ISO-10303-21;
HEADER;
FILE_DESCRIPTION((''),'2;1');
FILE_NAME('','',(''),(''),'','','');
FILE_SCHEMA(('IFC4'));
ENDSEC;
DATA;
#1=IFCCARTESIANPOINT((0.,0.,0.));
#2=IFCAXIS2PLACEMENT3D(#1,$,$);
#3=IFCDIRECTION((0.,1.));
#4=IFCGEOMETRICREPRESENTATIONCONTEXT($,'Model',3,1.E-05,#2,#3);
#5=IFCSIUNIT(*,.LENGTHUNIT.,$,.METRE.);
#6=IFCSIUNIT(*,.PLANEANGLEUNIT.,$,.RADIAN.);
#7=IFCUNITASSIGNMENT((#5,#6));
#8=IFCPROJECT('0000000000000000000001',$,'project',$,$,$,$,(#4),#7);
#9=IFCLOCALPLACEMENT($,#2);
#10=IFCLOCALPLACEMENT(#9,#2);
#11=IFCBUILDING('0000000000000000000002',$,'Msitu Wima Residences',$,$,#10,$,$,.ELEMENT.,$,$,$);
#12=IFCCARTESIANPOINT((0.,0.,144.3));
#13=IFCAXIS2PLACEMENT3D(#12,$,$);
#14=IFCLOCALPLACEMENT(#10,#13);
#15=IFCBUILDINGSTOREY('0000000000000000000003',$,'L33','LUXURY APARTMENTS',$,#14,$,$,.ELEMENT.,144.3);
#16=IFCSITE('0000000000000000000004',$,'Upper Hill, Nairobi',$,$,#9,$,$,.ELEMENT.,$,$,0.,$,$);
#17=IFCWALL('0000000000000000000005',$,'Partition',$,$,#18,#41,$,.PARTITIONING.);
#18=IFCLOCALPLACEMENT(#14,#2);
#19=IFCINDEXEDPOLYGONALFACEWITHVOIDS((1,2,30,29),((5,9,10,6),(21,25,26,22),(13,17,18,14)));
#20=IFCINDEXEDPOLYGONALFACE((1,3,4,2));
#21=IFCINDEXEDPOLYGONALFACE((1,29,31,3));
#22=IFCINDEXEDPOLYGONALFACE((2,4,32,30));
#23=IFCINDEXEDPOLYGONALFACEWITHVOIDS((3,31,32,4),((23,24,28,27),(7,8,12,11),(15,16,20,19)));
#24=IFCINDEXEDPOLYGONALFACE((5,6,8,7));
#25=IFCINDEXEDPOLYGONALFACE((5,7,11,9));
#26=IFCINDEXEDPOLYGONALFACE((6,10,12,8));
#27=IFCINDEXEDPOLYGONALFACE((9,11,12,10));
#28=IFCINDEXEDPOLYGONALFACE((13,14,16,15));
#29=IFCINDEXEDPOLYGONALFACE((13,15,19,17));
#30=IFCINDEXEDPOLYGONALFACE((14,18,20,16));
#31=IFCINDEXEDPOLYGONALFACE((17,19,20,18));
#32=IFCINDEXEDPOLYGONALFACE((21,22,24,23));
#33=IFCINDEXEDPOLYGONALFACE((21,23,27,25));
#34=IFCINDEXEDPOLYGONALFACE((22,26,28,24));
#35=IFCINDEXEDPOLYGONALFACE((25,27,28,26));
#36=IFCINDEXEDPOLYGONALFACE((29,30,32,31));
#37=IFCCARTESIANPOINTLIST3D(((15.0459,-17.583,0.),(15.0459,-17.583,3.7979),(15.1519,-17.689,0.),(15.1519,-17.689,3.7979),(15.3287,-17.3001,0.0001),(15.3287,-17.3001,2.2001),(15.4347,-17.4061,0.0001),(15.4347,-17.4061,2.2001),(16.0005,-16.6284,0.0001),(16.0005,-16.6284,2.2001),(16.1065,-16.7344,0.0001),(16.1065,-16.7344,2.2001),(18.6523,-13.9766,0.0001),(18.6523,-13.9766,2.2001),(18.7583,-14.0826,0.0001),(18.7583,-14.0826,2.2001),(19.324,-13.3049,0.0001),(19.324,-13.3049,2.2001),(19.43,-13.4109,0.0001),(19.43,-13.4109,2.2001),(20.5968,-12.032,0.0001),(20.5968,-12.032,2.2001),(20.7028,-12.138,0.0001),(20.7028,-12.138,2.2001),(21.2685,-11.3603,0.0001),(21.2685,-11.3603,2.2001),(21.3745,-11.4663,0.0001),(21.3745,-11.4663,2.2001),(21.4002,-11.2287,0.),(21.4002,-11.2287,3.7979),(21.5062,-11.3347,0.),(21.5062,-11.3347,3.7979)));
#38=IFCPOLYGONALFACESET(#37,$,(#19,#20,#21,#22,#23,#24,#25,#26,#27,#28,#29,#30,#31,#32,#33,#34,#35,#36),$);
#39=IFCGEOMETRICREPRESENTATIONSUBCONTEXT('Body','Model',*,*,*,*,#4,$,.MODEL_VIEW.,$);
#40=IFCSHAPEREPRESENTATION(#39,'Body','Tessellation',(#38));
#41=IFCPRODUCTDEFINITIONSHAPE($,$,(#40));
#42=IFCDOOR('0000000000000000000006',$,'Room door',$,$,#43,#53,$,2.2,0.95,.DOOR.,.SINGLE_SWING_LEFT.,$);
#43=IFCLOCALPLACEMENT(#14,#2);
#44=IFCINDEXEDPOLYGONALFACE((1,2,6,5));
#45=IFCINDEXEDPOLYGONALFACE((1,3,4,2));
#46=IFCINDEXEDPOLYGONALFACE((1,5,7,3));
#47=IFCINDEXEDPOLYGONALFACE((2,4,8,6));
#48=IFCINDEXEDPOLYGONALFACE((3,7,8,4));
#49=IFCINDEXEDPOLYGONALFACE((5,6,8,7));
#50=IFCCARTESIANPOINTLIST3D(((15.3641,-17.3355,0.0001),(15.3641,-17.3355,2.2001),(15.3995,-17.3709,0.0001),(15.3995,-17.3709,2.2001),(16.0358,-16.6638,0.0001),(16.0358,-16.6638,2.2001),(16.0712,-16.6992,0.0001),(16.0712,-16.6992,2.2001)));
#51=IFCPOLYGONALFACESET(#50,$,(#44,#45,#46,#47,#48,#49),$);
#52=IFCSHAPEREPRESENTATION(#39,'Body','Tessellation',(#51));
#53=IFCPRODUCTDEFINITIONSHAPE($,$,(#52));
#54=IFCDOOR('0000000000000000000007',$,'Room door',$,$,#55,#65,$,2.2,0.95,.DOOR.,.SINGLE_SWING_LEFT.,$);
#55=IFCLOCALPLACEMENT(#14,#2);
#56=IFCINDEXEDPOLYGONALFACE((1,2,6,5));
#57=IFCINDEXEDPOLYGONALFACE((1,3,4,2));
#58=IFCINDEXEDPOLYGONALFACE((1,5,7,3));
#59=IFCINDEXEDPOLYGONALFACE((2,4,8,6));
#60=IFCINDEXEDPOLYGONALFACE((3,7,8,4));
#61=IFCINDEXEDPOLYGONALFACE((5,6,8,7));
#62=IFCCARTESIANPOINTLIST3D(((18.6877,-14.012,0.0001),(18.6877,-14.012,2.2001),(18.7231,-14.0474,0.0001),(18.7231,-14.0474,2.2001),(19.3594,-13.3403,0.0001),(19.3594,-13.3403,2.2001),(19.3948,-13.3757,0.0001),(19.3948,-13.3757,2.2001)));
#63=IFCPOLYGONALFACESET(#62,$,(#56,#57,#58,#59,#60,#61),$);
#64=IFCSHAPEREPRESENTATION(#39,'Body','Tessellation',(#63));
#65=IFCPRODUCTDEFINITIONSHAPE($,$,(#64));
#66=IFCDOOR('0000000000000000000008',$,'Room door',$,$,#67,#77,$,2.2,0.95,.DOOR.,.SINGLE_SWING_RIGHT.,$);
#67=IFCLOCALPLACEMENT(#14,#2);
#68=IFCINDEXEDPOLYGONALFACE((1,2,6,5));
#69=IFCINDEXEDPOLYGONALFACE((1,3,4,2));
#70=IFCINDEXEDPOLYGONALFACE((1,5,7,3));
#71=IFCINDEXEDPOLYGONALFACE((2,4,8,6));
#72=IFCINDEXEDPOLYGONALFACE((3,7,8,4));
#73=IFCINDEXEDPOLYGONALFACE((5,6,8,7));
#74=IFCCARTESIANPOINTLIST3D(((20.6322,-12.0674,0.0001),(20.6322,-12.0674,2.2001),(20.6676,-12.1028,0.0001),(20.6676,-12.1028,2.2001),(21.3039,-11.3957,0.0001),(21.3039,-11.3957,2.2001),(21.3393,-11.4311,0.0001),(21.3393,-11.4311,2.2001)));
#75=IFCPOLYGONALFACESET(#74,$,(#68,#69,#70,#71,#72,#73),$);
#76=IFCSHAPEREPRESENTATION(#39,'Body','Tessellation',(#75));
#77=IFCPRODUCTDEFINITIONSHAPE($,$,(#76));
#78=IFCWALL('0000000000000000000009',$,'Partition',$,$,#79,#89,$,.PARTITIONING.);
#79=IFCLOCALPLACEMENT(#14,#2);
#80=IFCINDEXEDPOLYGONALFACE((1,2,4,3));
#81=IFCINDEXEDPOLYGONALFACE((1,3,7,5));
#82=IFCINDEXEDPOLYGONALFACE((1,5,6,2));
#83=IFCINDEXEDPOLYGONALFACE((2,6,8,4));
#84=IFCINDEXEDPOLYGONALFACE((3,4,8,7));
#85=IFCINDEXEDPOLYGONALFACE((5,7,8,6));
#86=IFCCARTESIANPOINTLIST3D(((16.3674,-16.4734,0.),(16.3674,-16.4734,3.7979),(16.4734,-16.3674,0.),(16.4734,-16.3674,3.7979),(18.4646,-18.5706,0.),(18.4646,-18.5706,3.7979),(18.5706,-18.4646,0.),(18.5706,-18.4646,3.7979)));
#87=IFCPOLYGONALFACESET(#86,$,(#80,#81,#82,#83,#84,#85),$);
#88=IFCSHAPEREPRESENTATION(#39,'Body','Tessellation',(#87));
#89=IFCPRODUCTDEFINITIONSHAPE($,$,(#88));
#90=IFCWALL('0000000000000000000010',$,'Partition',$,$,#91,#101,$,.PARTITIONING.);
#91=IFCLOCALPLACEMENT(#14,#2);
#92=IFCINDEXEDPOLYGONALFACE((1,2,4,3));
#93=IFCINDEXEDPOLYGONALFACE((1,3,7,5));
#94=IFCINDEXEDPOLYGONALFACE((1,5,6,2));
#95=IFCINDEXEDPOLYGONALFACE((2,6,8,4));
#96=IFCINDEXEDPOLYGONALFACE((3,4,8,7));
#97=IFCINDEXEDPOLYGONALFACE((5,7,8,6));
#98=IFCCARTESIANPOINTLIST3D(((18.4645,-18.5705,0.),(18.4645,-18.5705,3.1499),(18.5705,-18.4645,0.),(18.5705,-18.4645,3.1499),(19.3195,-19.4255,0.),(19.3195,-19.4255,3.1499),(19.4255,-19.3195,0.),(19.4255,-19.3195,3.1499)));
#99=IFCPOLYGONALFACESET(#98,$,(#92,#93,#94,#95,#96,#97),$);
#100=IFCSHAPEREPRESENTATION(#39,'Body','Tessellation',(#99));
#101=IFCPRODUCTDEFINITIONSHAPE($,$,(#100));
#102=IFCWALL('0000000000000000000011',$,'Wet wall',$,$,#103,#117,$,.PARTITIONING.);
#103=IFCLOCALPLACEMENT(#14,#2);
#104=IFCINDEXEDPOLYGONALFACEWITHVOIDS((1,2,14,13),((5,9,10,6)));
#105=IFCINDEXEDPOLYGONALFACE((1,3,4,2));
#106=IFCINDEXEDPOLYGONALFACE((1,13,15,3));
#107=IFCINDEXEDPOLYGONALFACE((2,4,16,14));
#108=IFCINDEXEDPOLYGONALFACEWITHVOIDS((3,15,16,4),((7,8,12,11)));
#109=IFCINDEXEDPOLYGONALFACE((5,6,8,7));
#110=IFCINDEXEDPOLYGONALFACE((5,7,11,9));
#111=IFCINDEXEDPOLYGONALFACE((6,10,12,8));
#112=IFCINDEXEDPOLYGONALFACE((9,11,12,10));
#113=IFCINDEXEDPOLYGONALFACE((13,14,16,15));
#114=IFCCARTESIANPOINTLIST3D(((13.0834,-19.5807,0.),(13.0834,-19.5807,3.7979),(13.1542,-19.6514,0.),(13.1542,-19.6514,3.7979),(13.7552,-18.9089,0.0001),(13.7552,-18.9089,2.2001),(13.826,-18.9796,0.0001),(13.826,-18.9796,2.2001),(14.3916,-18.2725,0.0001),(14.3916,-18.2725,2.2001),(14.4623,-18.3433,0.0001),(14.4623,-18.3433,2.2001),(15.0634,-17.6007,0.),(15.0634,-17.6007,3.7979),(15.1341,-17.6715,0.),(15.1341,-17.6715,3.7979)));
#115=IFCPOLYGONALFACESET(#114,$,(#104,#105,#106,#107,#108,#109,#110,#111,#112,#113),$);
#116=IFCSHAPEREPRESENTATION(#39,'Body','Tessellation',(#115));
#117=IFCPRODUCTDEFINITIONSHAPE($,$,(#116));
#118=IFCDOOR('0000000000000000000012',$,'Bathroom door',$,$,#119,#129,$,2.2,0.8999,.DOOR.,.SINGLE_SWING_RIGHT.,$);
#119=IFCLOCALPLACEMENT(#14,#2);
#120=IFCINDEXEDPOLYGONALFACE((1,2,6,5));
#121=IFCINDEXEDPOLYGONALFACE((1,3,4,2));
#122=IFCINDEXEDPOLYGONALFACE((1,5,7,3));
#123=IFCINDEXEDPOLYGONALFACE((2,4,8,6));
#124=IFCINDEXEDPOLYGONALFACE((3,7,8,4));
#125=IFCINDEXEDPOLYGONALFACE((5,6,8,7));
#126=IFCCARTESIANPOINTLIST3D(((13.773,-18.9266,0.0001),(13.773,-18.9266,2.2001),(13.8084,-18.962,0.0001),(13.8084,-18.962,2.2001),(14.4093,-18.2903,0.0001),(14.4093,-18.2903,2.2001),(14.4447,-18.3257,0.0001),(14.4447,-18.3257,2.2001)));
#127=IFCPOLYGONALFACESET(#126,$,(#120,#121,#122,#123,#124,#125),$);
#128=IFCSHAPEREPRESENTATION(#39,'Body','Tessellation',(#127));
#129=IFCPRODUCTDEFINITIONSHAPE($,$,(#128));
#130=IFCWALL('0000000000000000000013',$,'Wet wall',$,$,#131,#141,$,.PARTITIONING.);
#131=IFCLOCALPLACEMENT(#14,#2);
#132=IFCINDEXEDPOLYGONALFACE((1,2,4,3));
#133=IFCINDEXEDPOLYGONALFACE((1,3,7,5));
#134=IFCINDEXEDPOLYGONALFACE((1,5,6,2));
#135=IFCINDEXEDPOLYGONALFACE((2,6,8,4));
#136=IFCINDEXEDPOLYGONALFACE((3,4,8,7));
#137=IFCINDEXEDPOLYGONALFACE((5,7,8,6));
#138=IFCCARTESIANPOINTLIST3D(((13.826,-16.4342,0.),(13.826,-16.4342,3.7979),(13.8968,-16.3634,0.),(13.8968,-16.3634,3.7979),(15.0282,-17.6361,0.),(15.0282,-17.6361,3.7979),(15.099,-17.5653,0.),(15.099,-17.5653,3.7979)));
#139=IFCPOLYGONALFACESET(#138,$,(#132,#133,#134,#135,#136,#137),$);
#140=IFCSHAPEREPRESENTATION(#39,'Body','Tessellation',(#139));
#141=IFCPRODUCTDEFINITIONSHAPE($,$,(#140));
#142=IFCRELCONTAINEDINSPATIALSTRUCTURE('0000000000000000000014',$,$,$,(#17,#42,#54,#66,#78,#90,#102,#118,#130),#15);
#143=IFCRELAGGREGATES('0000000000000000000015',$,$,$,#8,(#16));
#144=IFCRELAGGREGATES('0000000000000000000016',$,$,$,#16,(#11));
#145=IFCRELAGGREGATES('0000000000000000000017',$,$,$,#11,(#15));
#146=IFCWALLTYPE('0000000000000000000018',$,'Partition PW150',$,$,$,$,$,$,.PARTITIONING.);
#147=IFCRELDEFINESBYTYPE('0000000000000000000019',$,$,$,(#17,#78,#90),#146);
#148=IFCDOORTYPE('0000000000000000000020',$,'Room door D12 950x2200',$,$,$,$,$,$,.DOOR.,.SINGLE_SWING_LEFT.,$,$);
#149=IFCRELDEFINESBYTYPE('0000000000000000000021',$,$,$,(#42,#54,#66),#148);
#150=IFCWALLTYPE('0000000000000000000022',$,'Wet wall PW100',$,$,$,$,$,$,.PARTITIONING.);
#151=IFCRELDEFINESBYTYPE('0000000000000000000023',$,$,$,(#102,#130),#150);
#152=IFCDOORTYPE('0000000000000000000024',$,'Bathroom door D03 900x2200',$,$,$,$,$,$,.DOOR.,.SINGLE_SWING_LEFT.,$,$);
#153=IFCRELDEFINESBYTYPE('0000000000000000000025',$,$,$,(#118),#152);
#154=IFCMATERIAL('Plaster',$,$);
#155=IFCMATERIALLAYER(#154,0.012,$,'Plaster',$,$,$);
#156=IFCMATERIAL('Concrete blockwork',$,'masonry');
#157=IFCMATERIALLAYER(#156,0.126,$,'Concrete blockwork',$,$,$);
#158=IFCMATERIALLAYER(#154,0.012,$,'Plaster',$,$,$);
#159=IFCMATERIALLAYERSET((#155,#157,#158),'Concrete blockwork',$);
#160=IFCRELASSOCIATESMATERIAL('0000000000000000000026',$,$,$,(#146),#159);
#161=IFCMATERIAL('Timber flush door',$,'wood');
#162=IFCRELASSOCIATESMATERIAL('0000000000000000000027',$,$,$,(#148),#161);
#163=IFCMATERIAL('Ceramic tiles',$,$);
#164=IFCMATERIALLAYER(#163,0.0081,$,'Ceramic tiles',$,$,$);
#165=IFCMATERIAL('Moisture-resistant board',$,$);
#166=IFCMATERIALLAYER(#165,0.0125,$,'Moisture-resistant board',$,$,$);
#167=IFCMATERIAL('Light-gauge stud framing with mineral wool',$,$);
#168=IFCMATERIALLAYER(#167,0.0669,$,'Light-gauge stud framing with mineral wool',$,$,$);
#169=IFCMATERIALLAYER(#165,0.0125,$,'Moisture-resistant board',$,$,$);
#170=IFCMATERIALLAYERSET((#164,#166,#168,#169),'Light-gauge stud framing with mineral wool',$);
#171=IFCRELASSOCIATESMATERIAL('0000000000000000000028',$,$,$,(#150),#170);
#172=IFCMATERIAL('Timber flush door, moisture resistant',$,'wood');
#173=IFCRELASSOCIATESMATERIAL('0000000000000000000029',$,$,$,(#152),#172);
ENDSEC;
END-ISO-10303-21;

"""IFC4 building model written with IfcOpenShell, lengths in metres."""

from ifc_helpers import new_model, si_unit, direction, frame, frame_2d, origin, place, context, subcontext, project, spatial, rectangle, extrude, material, layer, layer_set, type_object, element, fill, save


model = new_model("IFC4")

# Units and contexts
model_context = context("Model", 3, precision=1e-05, world=origin(), true_north=direction((0.0, 1.0)))
body_context = subcontext(model_context, "Body", "Model", "MODEL_VIEW")
ifc_project = project(units=[si_unit("LENGTHUNIT", "METRE"), si_unit("PLANEANGLEUNIT", "RADIAN")], contexts=[model_context])

# Site, building, storey
site_placement = place(None, origin())
site = spatial("IfcSite", under=ifc_project, at=site_placement, Name="Upper Hill, Nairobi", CompositionType="ELEMENT", RefElevation=0.0)
building_placement = place(site_placement, origin())
building = spatial("IfcBuilding", under=site, at=building_placement, Name="Msitu Wima Residences", CompositionType="ELEMENT")
storey_placement = place(building_placement, frame((0.0, 0.0, 144.3)))
storey = spatial("IfcBuildingStorey", under=building, at=storey_placement, Name="L33", Description="LUXURY APARTMENTS", CompositionType="ELEMENT", Elevation=144.3)

# Shared definitions
ifc_material_1 = material(Name="Plaster")
ifc_material_2 = material(Name="Concrete blockwork", Category="masonry")

# Shared definitions
ifc_layer_1 = layer(ifc_material_1, 0.012, Name="Plaster")
ifc_layer_2 = layer(ifc_material_2, 0.126, Name="Concrete blockwork")
ifc_layer_3 = layer(ifc_material_1, 0.012, Name="Plaster")
ifc_layer_set_1 = layer_set([ifc_layer_1, ifc_layer_2, ifc_layer_3], Name="Concrete blockwork")
wall_type_1 = type_object("IfcWallType", Name="Partition PW150", PredefinedType="PARTITIONING", material=ifc_layer_set_1)

# Wall, openings, doors
wall_1_placement = place(storey_placement, frame((15.0989, -17.636, 0.0), z_axis=(0.0, 0.0, 1.0), x_axis=(0.707107, 0.707107, 0.0)))
wall_1 = element("IfcWall", 1, at=wall_1_placement, inside=storey, type_object=wall_type_1, Name="Partition", PredefinedType="PARTITIONING", context=body_context, shape_type="SweptSolid", body=[
    extrude(rectangle(XDim=8.9863, YDim=0.1499, at=frame_2d((4.4932, 0.0))), origin(), (0.0, 0.0, 1.0), 3.7979),
])
opening_1_placement = place(wall_1_placement, frame((0.3999, 0.0, 0.0)))
opening_1 = element("IfcOpeningElement", 2, at=opening_1_placement, cuts=wall_1, PredefinedType="OPENING", context=body_context, shape_type="SweptSolid", body=[
    extrude(rectangle(XDim=0.95, YDim=2.2, at=frame_2d((0.4751, 1.1001))), frame((0.0, 0.085, 0.0), z_axis=(0.0, -1.0, 0.0), x_axis=(1.0, 0.0, 0.0)), (0.0, 0.0, 1.0), 0.1699),
])
opening_2_placement = place(wall_1_placement, frame((5.1001, 0.0, 0.0)))
opening_2 = element("IfcOpeningElement", 3, at=opening_2_placement, cuts=wall_1, PredefinedType="OPENING", context=body_context, shape_type="SweptSolid", body=[
    extrude(rectangle(XDim=0.95, YDim=2.2, at=frame_2d((0.4751, 1.1001))), frame((0.0, 0.085, 0.0), z_axis=(0.0, -1.0, 0.0), x_axis=(1.0, 0.0, 0.0)), (0.0, 0.0, 1.0), 0.1699),
])
opening_3_placement = place(wall_1_placement, frame((7.8501, 0.0, 0.0)))
opening_3 = element("IfcOpeningElement", 4, at=opening_3_placement, cuts=wall_1, PredefinedType="OPENING", context=body_context, shape_type="SweptSolid", body=[
    extrude(rectangle(XDim=0.95, YDim=2.2, at=frame_2d((0.4751, 1.1001))), frame((0.0, 0.085, 0.0), z_axis=(0.0, -1.0, 0.0), x_axis=(1.0, 0.0, 0.0)), (0.0, 0.0, 1.0), 0.1699),
])
ifc_material_3 = material(Name="Timber flush door", Category="wood")
door_type_1 = type_object("IfcDoorType", Name="Room door D12 950x2200", OperationType="SINGLE_SWING_LEFT", PredefinedType="DOOR", material=ifc_material_3)
door_1_placement = place(opening_1_placement, origin())
door_1 = element("IfcDoor", 5, at=door_1_placement, inside=storey, type_object=door_type_1, Name="Room door", OperationType="SINGLE_SWING_LEFT", OverallHeight=2.2, OverallWidth=0.95, PredefinedType="DOOR", context=body_context, shape_type="SweptSolid", body=[
    extrude(rectangle(XDim=0.95, YDim=2.2, at=frame_2d((0.4751, 1.1001))), frame((0.0, 0.0249, 0.0), z_axis=(0.0, -1.0, 0.0), x_axis=(1.0, 0.0, 0.0)), (0.0, 0.0, 1.0), 0.05),
])
fill(opening_1, door_1)
door_2_placement = place(opening_2_placement, origin())
door_2 = element("IfcDoor", 6, at=door_2_placement, inside=storey, type_object=door_type_1, Name="Room door", OperationType="SINGLE_SWING_LEFT", OverallHeight=2.2, OverallWidth=0.95, PredefinedType="DOOR", context=body_context, shape_type="SweptSolid", body=[
    extrude(rectangle(XDim=0.95, YDim=2.2, at=frame_2d((0.4751, 1.1001))), frame((0.0, 0.0249, 0.0), z_axis=(0.0, -1.0, 0.0), x_axis=(1.0, 0.0, 0.0)), (0.0, 0.0, 1.0), 0.05),
])
fill(opening_2, door_2)
door_3_placement = place(opening_3_placement, origin())
door_3 = element("IfcDoor", 7, at=door_3_placement, inside=storey, type_object=door_type_1, Name="Room door", OperationType="SINGLE_SWING_RIGHT", OverallHeight=2.2, OverallWidth=0.95, PredefinedType="DOOR", context=body_context, shape_type="SweptSolid", body=[
    extrude(rectangle(XDim=0.95, YDim=2.2, at=frame_2d((0.4751, 1.1001))), frame((0.0, 0.0249, 0.0), z_axis=(0.0, -1.0, 0.0), x_axis=(1.0, 0.0, 0.0)), (0.0, 0.0, 1.0), 0.05),
])
fill(opening_3, door_3)

# Walls
wall_2_placement = place(storey_placement, frame((16.4204, -16.4204, 0.0), z_axis=(0.0, 0.0, 1.0), x_axis=(0.707107, -0.707107, 0.0)))
element("IfcWall", 8, at=wall_2_placement, inside=storey, type_object=wall_type_1, Name="Partition", PredefinedType="PARTITIONING", context=body_context, shape_type="SweptSolid", body=[
    extrude(rectangle(XDim=2.9658, YDim=0.1499, at=frame_2d((1.4829, 0.0))), origin(), (0.0, 0.0, 1.0), 3.7979),
])
wall_3_placement = place(storey_placement, frame((18.5176, -18.5176, 0.0), z_axis=(0.0, 0.0, 1.0), x_axis=(0.707107, -0.707107, 0.0)))
element("IfcWall", 9, at=wall_3_placement, inside=storey, type_object=wall_type_1, Name="Partition", PredefinedType="PARTITIONING", context=body_context, shape_type="SweptSolid", body=[
    extrude(rectangle(XDim=1.2092, YDim=0.1499, at=frame_2d((0.6045, 0.0))), origin(), (0.0, 0.0, 1.0), 3.1499),
])

# Wall, opening, door
ifc_material_4 = material(Name="Ceramic tiles")
ifc_layer_4 = layer(ifc_material_4, 0.0081, Name="Ceramic tiles")
ifc_material_5 = material(Name="Moisture-resistant board")
ifc_layer_5 = layer(ifc_material_5, 0.0125, Name="Moisture-resistant board")
ifc_material_6 = material(Name="Light-gauge stud framing with mineral wool")
ifc_layer_6 = layer(ifc_material_6, 0.0669, Name="Light-gauge stud framing with mineral wool")
ifc_layer_7 = layer(ifc_material_5, 0.0125, Name="Moisture-resistant board")
ifc_layer_set_2 = layer_set([ifc_layer_4, ifc_layer_5, ifc_layer_6, ifc_layer_7], Name="Light-gauge stud framing with mineral wool")
wall_type_2 = type_object("IfcWallType", Name="Wet wall PW100", PredefinedType="PARTITIONING", material=ifc_layer_set_2)
wall_4_placement = place(storey_placement, frame((13.1189, -19.616, 0.0), z_axis=(0.0, 0.0, 1.0), x_axis=(0.707107, 0.707107, 0.0)))
wall_4 = element("IfcWall", 10, at=wall_4_placement, inside=storey, type_object=wall_type_2, Name="Wet wall", PredefinedType="PARTITIONING", context=body_context, shape_type="SweptSolid", body=[
    extrude(rectangle(XDim=2.8, YDim=0.1001, at=frame_2d((1.3999, 0.0))), origin(), (0.0, 0.0, 1.0), 3.7979),
])
opening_4_placement = place(wall_4_placement, frame((0.95, 0.0, 0.0)))
opening_4 = element("IfcOpeningElement", 11, at=opening_4_placement, cuts=wall_4, PredefinedType="OPENING", context=body_context, shape_type="SweptSolid", body=[
    extrude(rectangle(XDim=0.8999, YDim=2.2, at=frame_2d((0.45, 1.1001))), frame((0.0, 0.0601, 0.0), z_axis=(0.0, -1.0, 0.0), x_axis=(1.0, 0.0, 0.0)), (0.0, 0.0, 1.0), 0.1201),
])
ifc_material_7 = material(Name="Timber flush door, moisture resistant", Category="wood")
door_type_2 = type_object("IfcDoorType", Name="Bathroom door D03 900x2200", OperationType="SINGLE_SWING_LEFT", PredefinedType="DOOR", material=ifc_material_7)
door_4_placement = place(opening_4_placement, origin())
door_4 = element("IfcDoor", 12, at=door_4_placement, inside=storey, type_object=door_type_2, Name="Bathroom door", OperationType="SINGLE_SWING_RIGHT", OverallHeight=2.2, OverallWidth=0.8999, PredefinedType="DOOR", context=body_context, shape_type="SweptSolid", body=[
    extrude(rectangle(XDim=0.8999, YDim=2.2, at=frame_2d((0.45, 1.1001))), frame((0.0, 0.0249, 0.0), z_axis=(0.0, -1.0, 0.0), x_axis=(1.0, 0.0, 0.0)), (0.0, 0.0, 1.0), 0.05),
])
fill(opening_4, door_4)

# Wall
wall_5_placement = place(storey_placement, frame((13.8613, -16.3987, 0.0), z_axis=(0.0, 0.0, 1.0), x_axis=(0.707179, -0.707035, 0.0)))
element("IfcWall", 13, at=wall_5_placement, inside=storey, type_object=wall_type_2, Name="Wet wall", PredefinedType="PARTITIONING", context=body_context, shape_type="SweptSolid", body=[
    extrude(rectangle(XDim=1.7, YDim=0.1001, at=frame_2d((0.8501, 0.0))), origin(), (0.0, 0.0, 1.0), 3.7979),
])

save(model, "model.ifc")
